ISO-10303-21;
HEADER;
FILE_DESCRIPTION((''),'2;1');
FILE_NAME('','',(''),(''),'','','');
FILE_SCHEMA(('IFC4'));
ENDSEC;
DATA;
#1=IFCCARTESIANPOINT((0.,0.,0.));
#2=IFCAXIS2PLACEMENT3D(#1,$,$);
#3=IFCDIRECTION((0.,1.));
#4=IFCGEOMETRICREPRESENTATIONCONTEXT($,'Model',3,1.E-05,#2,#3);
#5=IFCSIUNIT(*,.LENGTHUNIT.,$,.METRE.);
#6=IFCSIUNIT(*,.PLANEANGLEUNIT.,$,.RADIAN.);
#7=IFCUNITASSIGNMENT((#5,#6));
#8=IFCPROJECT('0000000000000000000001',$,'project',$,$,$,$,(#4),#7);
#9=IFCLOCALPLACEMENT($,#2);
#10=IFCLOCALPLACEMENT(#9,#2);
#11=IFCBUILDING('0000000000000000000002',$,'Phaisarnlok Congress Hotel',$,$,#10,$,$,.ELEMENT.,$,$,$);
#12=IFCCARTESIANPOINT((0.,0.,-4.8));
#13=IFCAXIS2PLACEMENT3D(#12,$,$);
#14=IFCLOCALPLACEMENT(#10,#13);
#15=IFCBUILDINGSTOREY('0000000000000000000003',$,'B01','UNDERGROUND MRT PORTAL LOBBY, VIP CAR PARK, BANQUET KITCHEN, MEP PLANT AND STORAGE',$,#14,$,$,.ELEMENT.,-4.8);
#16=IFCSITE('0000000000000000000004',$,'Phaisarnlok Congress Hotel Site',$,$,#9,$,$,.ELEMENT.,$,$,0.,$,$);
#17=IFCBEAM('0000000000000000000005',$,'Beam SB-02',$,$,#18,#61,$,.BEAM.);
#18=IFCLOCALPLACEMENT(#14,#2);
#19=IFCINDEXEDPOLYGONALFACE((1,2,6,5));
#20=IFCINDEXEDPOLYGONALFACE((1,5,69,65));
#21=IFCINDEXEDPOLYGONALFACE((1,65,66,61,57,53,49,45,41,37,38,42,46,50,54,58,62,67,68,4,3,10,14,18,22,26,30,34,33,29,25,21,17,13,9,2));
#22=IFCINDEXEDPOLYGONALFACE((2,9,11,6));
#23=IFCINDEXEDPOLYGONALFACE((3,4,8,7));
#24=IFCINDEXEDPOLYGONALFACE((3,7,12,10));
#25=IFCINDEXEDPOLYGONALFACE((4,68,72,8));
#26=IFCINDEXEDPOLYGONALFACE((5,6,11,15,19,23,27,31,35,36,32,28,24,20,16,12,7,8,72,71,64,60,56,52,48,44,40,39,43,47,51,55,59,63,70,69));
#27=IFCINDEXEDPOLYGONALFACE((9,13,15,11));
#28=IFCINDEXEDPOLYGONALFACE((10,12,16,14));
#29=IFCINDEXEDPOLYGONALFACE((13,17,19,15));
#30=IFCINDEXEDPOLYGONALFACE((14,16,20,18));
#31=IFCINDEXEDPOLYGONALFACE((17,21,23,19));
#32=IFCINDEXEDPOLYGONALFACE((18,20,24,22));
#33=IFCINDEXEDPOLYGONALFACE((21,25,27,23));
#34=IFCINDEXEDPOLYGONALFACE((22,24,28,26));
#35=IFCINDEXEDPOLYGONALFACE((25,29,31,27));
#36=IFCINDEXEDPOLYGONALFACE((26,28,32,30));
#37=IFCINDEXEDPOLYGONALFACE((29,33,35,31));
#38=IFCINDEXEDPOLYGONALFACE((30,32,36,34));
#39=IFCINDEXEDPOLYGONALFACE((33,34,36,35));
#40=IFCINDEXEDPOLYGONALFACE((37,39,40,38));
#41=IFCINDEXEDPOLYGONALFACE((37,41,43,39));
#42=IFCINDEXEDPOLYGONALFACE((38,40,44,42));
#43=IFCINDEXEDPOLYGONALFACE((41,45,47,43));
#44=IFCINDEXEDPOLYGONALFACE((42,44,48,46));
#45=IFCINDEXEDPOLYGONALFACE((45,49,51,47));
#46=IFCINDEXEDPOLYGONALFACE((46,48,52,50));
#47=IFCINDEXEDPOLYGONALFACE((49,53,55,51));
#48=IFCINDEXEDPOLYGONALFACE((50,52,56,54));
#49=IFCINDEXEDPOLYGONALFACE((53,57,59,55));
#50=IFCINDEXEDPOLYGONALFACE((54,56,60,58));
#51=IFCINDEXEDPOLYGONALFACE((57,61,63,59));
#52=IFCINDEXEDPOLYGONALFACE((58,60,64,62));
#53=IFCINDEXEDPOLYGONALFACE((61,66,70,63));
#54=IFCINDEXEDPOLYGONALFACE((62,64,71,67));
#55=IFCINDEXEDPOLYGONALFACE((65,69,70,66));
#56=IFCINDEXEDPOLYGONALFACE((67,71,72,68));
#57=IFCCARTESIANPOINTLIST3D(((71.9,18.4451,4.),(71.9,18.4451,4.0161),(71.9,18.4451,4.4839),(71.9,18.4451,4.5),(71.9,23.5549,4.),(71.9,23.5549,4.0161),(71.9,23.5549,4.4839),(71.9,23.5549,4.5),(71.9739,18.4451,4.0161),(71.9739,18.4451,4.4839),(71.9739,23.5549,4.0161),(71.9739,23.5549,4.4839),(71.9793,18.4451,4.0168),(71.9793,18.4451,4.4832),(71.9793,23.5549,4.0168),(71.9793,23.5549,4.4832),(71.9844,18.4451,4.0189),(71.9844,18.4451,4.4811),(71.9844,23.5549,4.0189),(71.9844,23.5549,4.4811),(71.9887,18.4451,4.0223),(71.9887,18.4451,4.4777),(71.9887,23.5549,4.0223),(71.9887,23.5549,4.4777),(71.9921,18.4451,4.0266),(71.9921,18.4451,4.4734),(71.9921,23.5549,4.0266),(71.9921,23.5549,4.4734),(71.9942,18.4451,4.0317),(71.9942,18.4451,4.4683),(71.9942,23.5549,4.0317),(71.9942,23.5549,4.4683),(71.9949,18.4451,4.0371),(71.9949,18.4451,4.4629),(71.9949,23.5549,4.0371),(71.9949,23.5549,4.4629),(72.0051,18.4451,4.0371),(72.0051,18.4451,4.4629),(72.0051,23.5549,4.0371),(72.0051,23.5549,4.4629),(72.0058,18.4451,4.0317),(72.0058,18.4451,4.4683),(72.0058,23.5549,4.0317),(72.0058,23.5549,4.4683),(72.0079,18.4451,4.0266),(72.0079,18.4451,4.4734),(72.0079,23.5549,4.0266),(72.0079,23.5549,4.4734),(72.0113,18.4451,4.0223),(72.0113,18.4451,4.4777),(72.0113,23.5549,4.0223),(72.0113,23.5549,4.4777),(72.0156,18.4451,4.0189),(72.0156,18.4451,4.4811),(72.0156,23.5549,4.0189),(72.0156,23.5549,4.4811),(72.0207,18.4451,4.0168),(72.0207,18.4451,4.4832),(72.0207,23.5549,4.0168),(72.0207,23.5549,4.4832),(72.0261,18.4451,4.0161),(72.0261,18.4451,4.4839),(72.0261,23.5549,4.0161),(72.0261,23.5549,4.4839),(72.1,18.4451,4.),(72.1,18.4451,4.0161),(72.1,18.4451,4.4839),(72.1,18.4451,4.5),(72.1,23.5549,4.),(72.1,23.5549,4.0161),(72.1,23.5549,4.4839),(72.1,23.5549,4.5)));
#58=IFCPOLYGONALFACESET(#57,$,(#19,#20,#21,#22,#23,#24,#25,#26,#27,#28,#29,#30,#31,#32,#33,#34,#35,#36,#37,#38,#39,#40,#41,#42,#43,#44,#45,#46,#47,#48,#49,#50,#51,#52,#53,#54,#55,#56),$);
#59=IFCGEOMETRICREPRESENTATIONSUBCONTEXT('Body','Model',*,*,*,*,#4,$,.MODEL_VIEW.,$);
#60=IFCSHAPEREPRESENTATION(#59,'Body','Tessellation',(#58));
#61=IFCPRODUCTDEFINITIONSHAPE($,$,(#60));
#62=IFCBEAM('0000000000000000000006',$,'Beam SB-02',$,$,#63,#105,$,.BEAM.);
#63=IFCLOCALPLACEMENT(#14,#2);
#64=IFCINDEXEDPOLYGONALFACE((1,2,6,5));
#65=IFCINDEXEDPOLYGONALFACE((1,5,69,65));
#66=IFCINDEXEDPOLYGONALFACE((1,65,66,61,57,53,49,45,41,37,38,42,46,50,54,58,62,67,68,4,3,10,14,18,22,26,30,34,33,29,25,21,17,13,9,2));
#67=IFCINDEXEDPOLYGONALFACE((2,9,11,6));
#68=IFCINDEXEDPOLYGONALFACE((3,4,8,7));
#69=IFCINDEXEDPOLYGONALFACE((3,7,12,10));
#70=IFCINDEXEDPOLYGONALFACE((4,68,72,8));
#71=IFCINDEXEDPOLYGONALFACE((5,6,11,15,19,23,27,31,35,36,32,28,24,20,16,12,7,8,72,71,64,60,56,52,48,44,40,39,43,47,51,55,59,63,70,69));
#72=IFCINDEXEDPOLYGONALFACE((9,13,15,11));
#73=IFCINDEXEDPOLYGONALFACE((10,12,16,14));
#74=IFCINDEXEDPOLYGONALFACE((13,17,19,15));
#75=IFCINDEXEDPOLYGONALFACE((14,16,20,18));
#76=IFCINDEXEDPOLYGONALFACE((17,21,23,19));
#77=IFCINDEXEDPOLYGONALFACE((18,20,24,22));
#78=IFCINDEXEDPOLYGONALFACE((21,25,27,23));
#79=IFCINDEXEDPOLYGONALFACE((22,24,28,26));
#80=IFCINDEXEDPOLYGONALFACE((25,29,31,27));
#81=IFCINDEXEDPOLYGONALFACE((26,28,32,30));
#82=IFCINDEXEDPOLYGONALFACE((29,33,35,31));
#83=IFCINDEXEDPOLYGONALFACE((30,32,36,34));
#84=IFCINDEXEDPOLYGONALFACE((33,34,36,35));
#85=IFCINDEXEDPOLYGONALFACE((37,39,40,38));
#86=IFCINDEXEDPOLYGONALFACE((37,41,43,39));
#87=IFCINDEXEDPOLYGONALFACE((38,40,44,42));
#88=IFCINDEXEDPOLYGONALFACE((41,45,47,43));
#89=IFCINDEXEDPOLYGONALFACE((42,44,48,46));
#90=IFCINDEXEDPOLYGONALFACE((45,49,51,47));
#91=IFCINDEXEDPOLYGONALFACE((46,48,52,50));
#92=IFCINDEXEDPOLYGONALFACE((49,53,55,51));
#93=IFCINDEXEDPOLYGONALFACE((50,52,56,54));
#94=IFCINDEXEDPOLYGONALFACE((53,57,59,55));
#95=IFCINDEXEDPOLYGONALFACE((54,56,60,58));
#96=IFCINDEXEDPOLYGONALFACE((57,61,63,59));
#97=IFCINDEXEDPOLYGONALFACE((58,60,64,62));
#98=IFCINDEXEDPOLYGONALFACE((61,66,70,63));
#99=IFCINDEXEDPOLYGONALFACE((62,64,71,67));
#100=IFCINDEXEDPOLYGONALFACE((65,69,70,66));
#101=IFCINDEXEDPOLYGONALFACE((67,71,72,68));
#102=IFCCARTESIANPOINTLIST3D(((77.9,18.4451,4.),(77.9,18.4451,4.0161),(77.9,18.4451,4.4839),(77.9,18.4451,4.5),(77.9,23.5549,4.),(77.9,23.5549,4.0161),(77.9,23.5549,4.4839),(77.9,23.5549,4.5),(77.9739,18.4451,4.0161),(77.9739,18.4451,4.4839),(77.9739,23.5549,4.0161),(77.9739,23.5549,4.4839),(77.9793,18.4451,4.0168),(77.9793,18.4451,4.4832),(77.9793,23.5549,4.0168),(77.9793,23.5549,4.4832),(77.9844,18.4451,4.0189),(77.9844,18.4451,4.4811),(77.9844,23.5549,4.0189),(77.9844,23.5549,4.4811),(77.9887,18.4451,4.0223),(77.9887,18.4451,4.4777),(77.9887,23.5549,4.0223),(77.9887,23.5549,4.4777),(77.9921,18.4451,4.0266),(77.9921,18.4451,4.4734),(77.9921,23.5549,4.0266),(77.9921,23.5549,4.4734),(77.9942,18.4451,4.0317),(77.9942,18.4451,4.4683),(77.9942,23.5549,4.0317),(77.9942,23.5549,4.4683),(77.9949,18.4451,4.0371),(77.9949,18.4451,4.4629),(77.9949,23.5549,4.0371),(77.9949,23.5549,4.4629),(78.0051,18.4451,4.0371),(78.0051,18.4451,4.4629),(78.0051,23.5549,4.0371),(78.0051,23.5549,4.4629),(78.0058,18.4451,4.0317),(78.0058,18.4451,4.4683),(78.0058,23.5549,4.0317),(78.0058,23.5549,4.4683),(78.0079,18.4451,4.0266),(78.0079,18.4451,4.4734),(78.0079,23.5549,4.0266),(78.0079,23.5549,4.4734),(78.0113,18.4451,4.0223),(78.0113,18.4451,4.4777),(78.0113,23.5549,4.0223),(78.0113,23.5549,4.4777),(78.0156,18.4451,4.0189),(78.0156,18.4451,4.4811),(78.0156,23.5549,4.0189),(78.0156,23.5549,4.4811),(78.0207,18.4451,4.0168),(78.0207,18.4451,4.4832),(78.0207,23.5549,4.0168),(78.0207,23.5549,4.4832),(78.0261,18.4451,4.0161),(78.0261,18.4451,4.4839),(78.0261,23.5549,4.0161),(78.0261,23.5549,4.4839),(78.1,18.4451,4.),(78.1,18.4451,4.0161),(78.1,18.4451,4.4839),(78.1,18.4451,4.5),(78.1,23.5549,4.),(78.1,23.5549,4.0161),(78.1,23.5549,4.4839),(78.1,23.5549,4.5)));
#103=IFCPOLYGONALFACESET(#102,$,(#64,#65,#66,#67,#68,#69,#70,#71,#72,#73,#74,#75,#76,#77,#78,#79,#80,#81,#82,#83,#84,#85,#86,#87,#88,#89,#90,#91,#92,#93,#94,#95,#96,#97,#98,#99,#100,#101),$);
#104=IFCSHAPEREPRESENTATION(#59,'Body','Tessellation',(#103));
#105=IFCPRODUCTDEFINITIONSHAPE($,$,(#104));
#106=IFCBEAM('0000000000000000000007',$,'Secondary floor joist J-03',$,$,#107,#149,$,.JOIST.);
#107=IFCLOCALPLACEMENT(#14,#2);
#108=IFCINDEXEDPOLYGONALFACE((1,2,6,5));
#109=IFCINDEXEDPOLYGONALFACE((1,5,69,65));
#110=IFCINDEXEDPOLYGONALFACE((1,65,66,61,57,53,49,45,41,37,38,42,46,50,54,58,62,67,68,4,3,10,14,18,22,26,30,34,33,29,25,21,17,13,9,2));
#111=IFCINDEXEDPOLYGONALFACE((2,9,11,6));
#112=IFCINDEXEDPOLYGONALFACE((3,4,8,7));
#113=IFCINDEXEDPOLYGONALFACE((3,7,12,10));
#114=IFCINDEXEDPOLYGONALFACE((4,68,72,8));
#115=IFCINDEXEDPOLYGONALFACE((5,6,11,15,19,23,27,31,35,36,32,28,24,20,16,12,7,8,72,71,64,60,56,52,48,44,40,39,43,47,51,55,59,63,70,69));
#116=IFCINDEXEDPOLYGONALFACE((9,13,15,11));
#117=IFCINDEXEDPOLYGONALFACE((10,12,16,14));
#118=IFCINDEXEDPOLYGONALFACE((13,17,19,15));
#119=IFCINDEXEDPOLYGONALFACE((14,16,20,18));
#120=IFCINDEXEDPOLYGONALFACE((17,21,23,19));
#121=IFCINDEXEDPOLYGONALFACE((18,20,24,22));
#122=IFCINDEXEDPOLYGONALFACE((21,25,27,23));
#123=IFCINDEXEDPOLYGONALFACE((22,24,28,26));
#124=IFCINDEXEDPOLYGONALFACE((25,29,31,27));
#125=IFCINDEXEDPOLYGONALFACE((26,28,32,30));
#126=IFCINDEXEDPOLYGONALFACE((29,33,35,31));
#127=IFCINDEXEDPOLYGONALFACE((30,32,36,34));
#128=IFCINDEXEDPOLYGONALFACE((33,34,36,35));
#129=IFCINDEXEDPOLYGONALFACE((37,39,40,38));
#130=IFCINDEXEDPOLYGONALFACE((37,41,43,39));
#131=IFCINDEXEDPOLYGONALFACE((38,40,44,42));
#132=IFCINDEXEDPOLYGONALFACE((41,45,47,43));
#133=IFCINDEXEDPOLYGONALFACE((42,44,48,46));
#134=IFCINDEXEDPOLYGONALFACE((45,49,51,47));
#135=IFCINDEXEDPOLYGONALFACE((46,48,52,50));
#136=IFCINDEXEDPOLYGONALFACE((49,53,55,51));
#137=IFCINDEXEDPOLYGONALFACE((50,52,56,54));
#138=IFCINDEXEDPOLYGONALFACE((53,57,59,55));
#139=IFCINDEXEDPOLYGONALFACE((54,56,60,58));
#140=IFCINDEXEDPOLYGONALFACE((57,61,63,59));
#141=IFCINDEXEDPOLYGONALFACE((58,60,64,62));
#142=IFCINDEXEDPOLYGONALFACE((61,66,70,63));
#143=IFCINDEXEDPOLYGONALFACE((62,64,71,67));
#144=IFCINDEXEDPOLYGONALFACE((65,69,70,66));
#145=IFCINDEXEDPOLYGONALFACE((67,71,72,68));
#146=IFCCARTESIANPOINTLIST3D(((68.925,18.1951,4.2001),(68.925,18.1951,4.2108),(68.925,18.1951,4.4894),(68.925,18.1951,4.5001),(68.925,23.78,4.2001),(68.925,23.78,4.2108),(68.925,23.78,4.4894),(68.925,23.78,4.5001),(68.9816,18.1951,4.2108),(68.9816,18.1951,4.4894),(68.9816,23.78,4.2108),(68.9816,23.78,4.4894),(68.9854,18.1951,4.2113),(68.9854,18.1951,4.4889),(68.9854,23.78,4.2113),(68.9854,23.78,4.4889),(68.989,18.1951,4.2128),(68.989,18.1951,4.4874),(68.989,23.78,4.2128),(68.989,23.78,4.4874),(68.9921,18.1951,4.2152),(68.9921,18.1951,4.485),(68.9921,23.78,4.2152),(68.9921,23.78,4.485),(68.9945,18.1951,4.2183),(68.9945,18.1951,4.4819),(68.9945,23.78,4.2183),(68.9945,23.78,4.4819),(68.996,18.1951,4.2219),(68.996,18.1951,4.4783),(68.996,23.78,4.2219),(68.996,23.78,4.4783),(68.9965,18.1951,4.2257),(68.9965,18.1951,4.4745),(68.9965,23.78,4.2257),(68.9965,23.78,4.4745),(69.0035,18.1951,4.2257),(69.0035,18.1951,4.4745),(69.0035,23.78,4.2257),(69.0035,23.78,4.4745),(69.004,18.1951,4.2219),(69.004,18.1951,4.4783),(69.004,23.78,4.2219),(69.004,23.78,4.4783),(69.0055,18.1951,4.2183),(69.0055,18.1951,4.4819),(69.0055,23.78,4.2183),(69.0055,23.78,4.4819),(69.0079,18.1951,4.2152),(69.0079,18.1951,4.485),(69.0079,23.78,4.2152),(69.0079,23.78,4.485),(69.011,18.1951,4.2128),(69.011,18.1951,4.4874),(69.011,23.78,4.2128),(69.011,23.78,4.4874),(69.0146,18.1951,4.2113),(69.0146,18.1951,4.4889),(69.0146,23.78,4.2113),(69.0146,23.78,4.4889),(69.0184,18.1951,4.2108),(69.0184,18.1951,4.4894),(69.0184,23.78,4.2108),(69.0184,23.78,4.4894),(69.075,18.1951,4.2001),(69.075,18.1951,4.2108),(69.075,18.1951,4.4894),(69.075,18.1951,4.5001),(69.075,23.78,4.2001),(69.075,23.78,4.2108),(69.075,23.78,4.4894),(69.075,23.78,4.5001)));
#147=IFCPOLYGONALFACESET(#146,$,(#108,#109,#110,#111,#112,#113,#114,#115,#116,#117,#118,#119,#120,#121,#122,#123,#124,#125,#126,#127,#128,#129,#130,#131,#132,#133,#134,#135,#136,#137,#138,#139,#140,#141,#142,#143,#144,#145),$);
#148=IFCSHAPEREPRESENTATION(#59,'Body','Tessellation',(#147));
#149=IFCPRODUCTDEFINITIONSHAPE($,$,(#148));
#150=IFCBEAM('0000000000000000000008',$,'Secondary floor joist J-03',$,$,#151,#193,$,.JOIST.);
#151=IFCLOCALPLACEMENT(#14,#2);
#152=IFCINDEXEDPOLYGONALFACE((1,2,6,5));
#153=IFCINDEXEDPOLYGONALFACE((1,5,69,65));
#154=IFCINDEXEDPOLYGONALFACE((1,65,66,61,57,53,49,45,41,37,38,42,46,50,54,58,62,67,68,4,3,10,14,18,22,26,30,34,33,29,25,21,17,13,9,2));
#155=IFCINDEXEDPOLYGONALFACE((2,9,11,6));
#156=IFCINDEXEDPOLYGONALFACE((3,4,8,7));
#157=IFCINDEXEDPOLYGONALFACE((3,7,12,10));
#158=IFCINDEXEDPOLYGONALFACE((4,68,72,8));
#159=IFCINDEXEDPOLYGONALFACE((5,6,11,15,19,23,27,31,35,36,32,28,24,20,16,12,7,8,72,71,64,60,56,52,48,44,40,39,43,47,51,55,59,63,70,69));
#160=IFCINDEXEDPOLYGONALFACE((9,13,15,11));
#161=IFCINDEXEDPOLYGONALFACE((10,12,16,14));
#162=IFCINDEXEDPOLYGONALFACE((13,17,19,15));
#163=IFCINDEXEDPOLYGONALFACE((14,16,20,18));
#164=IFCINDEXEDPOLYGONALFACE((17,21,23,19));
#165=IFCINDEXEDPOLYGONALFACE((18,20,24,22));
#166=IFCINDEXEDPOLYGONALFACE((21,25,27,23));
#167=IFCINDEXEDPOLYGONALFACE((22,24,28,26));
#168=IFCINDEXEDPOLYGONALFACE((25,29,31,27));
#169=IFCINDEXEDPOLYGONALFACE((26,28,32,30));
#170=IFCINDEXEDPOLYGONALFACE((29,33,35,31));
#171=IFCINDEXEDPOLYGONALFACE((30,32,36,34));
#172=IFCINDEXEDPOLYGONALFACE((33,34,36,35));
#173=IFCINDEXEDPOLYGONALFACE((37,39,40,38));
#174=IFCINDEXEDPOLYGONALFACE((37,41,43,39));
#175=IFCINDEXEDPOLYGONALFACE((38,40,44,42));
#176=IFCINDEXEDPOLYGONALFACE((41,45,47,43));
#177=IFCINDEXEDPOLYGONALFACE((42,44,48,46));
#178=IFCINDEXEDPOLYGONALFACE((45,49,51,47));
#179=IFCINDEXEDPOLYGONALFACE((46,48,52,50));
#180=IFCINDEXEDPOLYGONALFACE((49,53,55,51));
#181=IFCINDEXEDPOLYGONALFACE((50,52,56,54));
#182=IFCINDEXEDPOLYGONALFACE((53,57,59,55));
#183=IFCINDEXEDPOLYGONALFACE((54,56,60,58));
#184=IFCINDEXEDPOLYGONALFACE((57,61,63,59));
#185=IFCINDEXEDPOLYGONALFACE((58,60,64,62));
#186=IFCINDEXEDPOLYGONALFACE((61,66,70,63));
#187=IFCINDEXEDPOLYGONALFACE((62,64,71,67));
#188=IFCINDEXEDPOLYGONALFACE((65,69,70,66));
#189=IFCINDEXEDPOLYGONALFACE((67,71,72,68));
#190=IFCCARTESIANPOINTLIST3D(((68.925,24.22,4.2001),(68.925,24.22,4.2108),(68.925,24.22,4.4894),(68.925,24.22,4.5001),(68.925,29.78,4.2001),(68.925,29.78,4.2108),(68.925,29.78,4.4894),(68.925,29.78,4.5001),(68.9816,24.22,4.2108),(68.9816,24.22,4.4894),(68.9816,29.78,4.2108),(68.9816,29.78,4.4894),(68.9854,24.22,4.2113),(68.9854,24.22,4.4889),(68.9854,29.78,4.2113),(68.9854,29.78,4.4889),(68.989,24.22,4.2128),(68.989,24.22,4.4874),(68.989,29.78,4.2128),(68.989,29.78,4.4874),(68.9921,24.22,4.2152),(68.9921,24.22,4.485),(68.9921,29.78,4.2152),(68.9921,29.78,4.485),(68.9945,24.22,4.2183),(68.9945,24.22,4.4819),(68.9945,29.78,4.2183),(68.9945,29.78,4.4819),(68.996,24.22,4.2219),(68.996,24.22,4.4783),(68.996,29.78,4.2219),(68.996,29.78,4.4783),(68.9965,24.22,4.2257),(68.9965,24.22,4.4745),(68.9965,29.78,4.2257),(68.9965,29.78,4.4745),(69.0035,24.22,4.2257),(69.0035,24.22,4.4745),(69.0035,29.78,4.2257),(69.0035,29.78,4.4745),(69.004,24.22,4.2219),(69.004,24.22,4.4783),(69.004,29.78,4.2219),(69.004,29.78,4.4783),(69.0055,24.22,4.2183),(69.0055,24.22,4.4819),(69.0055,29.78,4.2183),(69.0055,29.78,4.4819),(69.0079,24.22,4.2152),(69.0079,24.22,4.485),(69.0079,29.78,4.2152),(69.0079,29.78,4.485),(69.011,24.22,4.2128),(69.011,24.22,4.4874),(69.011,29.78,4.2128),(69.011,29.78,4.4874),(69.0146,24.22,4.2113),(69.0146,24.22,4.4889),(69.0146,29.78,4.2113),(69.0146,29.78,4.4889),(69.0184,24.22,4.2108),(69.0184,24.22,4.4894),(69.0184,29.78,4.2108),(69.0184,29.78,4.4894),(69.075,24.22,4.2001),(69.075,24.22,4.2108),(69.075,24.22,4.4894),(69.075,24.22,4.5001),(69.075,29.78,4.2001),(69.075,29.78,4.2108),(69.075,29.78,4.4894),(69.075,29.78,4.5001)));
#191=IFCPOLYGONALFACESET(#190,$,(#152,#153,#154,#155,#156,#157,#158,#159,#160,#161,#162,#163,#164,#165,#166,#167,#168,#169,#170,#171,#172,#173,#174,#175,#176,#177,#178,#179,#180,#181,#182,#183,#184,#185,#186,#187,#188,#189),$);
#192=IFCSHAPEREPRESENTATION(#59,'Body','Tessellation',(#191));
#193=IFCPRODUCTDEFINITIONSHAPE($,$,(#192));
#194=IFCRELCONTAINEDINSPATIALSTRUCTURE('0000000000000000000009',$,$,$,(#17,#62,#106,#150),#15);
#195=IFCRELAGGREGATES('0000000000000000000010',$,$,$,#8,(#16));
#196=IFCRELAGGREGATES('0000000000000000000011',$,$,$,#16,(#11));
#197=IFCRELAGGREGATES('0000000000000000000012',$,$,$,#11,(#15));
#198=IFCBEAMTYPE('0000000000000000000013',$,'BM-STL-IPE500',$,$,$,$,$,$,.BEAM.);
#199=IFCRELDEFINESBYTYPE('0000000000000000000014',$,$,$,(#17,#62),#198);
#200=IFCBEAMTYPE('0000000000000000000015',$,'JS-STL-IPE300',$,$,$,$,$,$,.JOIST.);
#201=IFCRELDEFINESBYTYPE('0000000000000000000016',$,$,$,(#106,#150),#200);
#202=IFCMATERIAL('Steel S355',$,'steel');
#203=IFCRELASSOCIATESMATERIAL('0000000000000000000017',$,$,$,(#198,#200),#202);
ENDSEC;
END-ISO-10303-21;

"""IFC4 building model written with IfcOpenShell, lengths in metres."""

from ifc_helpers import new_model, si_unit, direction, frame, origin, origin_2d, place, context, subcontext, project, spatial, i_section, extrude, material, material_profile, profile_set, type_object, element, save


model = new_model("IFC4")

# Units and contexts
model_context = context("Model", 3, precision=1e-05, world=origin(), true_north=direction((0.0, 1.0)))
body_context = subcontext(model_context, "Body", "Model", "MODEL_VIEW")
ifc_project = project(units=[si_unit("LENGTHUNIT", "METRE"), si_unit("PLANEANGLEUNIT", "RADIAN")], contexts=[model_context])

# Site, building, storey
site_placement = place(None, origin())
site = spatial("IfcSite", under=ifc_project, at=site_placement, Name="Phaisarnlok Congress Hotel Site", CompositionType="ELEMENT", RefElevation=0.0)
building_placement = place(site_placement, origin())
building = spatial("IfcBuilding", under=site, at=building_placement, Name="Phaisarnlok Congress Hotel", CompositionType="ELEMENT")
storey_placement = place(building_placement, frame((0.0, 0.0, -4.8)))
storey = spatial("IfcBuildingStorey", under=building, at=storey_placement, Name="B01", Description="UNDERGROUND MRT PORTAL LOBBY, VIP CAR PARK, BANQUET KITCHEN, MEP PLANT AND STORAGE", CompositionType="ELEMENT", Elevation=-4.8)

# Beams
ifc_material_1 = material(Name="Steel S355", Category="steel")
ifc_material_profile_1 = material_profile(ifc_material_1, i_section(OverallWidth=0.2, OverallDepth=0.5, WebThickness=0.0103, FlangeThickness=0.0161, FilletRadius=0.021, at=origin_2d()), Name="IPE 500")
ifc_profile_set_1 = profile_set([ifc_material_profile_1], Name="Steel S355")
beam_type_1 = type_object("IfcBeamType", Name="BM-STL-IPE500", PredefinedType="BEAM", material=ifc_profile_set_1)
for number, where, z_axis, x_axis, name in (
    (1, (72.0, 18.4451, 4.25), (0.0, 1.0, 0.0), (-1.0, 0.0, 0.0), "Beam SB-02"),
    (2, (78.0, 18.4451, 4.25), (0.0, 1.0, 0.0), (-1.0, 0.0, 0.0), "Beam SB-02"),
):
    element("IfcBeam", number, at=place(storey_placement, frame(where, z_axis=z_axis, x_axis=x_axis)), inside=storey, type_object=beam_type_1, Name=name, PredefinedType="BEAM", context=body_context, shape_type="SweptSolid", body=[
        extrude(i_section(OverallWidth=0.2, OverallDepth=0.5, WebThickness=0.0103, FlangeThickness=0.0161, FilletRadius=0.021, at=origin_2d()), origin(), (0.0, 0.0, 1.0), 5.1099),
    ])
ifc_material_profile_2 = material_profile(ifc_material_1, i_section(OverallWidth=0.1499, OverallDepth=0.3, WebThickness=0.0071, FlangeThickness=0.0107, FilletRadius=0.0149, at=origin_2d()), Name="IPE 300")
ifc_profile_set_2 = profile_set([ifc_material_profile_2], Name="Steel S355")
beam_type_2 = type_object("IfcBeamType", Name="JS-STL-IPE300", PredefinedType="JOIST", material=ifc_profile_set_2)
beam_1_placement = place(storey_placement, frame((69.0, 18.1951, 4.3501), z_axis=(0.0, 1.0, 0.0), x_axis=(-1.0, 0.0, 0.0)))
element("IfcBeam", 3, at=beam_1_placement, inside=storey, type_object=beam_type_2, Name="Secondary floor joist J-03", PredefinedType="JOIST", context=body_context, shape_type="SweptSolid", body=[
    extrude(i_section(OverallWidth=0.1499, OverallDepth=0.3, WebThickness=0.0071, FlangeThickness=0.0107, FilletRadius=0.0149, at=origin_2d()), origin(), (0.0, 0.0, 1.0), 5.585),
])
beam_2_placement = place(storey_placement, frame((69.0, 24.22, 4.3501), z_axis=(0.0, 1.0, 0.0), x_axis=(-1.0, 0.0, 0.0)))
element("IfcBeam", 4, at=beam_2_placement, inside=storey, type_object=beam_type_2, Name="Secondary floor joist J-03", PredefinedType="JOIST", context=body_context, shape_type="SweptSolid", body=[
    extrude(i_section(OverallWidth=0.1499, OverallDepth=0.3, WebThickness=0.0071, FlangeThickness=0.0107, FilletRadius=0.0149, at=origin_2d()), origin(), (0.0, 0.0, 1.0), 5.5601),
])

save(model, "model.ifc")
